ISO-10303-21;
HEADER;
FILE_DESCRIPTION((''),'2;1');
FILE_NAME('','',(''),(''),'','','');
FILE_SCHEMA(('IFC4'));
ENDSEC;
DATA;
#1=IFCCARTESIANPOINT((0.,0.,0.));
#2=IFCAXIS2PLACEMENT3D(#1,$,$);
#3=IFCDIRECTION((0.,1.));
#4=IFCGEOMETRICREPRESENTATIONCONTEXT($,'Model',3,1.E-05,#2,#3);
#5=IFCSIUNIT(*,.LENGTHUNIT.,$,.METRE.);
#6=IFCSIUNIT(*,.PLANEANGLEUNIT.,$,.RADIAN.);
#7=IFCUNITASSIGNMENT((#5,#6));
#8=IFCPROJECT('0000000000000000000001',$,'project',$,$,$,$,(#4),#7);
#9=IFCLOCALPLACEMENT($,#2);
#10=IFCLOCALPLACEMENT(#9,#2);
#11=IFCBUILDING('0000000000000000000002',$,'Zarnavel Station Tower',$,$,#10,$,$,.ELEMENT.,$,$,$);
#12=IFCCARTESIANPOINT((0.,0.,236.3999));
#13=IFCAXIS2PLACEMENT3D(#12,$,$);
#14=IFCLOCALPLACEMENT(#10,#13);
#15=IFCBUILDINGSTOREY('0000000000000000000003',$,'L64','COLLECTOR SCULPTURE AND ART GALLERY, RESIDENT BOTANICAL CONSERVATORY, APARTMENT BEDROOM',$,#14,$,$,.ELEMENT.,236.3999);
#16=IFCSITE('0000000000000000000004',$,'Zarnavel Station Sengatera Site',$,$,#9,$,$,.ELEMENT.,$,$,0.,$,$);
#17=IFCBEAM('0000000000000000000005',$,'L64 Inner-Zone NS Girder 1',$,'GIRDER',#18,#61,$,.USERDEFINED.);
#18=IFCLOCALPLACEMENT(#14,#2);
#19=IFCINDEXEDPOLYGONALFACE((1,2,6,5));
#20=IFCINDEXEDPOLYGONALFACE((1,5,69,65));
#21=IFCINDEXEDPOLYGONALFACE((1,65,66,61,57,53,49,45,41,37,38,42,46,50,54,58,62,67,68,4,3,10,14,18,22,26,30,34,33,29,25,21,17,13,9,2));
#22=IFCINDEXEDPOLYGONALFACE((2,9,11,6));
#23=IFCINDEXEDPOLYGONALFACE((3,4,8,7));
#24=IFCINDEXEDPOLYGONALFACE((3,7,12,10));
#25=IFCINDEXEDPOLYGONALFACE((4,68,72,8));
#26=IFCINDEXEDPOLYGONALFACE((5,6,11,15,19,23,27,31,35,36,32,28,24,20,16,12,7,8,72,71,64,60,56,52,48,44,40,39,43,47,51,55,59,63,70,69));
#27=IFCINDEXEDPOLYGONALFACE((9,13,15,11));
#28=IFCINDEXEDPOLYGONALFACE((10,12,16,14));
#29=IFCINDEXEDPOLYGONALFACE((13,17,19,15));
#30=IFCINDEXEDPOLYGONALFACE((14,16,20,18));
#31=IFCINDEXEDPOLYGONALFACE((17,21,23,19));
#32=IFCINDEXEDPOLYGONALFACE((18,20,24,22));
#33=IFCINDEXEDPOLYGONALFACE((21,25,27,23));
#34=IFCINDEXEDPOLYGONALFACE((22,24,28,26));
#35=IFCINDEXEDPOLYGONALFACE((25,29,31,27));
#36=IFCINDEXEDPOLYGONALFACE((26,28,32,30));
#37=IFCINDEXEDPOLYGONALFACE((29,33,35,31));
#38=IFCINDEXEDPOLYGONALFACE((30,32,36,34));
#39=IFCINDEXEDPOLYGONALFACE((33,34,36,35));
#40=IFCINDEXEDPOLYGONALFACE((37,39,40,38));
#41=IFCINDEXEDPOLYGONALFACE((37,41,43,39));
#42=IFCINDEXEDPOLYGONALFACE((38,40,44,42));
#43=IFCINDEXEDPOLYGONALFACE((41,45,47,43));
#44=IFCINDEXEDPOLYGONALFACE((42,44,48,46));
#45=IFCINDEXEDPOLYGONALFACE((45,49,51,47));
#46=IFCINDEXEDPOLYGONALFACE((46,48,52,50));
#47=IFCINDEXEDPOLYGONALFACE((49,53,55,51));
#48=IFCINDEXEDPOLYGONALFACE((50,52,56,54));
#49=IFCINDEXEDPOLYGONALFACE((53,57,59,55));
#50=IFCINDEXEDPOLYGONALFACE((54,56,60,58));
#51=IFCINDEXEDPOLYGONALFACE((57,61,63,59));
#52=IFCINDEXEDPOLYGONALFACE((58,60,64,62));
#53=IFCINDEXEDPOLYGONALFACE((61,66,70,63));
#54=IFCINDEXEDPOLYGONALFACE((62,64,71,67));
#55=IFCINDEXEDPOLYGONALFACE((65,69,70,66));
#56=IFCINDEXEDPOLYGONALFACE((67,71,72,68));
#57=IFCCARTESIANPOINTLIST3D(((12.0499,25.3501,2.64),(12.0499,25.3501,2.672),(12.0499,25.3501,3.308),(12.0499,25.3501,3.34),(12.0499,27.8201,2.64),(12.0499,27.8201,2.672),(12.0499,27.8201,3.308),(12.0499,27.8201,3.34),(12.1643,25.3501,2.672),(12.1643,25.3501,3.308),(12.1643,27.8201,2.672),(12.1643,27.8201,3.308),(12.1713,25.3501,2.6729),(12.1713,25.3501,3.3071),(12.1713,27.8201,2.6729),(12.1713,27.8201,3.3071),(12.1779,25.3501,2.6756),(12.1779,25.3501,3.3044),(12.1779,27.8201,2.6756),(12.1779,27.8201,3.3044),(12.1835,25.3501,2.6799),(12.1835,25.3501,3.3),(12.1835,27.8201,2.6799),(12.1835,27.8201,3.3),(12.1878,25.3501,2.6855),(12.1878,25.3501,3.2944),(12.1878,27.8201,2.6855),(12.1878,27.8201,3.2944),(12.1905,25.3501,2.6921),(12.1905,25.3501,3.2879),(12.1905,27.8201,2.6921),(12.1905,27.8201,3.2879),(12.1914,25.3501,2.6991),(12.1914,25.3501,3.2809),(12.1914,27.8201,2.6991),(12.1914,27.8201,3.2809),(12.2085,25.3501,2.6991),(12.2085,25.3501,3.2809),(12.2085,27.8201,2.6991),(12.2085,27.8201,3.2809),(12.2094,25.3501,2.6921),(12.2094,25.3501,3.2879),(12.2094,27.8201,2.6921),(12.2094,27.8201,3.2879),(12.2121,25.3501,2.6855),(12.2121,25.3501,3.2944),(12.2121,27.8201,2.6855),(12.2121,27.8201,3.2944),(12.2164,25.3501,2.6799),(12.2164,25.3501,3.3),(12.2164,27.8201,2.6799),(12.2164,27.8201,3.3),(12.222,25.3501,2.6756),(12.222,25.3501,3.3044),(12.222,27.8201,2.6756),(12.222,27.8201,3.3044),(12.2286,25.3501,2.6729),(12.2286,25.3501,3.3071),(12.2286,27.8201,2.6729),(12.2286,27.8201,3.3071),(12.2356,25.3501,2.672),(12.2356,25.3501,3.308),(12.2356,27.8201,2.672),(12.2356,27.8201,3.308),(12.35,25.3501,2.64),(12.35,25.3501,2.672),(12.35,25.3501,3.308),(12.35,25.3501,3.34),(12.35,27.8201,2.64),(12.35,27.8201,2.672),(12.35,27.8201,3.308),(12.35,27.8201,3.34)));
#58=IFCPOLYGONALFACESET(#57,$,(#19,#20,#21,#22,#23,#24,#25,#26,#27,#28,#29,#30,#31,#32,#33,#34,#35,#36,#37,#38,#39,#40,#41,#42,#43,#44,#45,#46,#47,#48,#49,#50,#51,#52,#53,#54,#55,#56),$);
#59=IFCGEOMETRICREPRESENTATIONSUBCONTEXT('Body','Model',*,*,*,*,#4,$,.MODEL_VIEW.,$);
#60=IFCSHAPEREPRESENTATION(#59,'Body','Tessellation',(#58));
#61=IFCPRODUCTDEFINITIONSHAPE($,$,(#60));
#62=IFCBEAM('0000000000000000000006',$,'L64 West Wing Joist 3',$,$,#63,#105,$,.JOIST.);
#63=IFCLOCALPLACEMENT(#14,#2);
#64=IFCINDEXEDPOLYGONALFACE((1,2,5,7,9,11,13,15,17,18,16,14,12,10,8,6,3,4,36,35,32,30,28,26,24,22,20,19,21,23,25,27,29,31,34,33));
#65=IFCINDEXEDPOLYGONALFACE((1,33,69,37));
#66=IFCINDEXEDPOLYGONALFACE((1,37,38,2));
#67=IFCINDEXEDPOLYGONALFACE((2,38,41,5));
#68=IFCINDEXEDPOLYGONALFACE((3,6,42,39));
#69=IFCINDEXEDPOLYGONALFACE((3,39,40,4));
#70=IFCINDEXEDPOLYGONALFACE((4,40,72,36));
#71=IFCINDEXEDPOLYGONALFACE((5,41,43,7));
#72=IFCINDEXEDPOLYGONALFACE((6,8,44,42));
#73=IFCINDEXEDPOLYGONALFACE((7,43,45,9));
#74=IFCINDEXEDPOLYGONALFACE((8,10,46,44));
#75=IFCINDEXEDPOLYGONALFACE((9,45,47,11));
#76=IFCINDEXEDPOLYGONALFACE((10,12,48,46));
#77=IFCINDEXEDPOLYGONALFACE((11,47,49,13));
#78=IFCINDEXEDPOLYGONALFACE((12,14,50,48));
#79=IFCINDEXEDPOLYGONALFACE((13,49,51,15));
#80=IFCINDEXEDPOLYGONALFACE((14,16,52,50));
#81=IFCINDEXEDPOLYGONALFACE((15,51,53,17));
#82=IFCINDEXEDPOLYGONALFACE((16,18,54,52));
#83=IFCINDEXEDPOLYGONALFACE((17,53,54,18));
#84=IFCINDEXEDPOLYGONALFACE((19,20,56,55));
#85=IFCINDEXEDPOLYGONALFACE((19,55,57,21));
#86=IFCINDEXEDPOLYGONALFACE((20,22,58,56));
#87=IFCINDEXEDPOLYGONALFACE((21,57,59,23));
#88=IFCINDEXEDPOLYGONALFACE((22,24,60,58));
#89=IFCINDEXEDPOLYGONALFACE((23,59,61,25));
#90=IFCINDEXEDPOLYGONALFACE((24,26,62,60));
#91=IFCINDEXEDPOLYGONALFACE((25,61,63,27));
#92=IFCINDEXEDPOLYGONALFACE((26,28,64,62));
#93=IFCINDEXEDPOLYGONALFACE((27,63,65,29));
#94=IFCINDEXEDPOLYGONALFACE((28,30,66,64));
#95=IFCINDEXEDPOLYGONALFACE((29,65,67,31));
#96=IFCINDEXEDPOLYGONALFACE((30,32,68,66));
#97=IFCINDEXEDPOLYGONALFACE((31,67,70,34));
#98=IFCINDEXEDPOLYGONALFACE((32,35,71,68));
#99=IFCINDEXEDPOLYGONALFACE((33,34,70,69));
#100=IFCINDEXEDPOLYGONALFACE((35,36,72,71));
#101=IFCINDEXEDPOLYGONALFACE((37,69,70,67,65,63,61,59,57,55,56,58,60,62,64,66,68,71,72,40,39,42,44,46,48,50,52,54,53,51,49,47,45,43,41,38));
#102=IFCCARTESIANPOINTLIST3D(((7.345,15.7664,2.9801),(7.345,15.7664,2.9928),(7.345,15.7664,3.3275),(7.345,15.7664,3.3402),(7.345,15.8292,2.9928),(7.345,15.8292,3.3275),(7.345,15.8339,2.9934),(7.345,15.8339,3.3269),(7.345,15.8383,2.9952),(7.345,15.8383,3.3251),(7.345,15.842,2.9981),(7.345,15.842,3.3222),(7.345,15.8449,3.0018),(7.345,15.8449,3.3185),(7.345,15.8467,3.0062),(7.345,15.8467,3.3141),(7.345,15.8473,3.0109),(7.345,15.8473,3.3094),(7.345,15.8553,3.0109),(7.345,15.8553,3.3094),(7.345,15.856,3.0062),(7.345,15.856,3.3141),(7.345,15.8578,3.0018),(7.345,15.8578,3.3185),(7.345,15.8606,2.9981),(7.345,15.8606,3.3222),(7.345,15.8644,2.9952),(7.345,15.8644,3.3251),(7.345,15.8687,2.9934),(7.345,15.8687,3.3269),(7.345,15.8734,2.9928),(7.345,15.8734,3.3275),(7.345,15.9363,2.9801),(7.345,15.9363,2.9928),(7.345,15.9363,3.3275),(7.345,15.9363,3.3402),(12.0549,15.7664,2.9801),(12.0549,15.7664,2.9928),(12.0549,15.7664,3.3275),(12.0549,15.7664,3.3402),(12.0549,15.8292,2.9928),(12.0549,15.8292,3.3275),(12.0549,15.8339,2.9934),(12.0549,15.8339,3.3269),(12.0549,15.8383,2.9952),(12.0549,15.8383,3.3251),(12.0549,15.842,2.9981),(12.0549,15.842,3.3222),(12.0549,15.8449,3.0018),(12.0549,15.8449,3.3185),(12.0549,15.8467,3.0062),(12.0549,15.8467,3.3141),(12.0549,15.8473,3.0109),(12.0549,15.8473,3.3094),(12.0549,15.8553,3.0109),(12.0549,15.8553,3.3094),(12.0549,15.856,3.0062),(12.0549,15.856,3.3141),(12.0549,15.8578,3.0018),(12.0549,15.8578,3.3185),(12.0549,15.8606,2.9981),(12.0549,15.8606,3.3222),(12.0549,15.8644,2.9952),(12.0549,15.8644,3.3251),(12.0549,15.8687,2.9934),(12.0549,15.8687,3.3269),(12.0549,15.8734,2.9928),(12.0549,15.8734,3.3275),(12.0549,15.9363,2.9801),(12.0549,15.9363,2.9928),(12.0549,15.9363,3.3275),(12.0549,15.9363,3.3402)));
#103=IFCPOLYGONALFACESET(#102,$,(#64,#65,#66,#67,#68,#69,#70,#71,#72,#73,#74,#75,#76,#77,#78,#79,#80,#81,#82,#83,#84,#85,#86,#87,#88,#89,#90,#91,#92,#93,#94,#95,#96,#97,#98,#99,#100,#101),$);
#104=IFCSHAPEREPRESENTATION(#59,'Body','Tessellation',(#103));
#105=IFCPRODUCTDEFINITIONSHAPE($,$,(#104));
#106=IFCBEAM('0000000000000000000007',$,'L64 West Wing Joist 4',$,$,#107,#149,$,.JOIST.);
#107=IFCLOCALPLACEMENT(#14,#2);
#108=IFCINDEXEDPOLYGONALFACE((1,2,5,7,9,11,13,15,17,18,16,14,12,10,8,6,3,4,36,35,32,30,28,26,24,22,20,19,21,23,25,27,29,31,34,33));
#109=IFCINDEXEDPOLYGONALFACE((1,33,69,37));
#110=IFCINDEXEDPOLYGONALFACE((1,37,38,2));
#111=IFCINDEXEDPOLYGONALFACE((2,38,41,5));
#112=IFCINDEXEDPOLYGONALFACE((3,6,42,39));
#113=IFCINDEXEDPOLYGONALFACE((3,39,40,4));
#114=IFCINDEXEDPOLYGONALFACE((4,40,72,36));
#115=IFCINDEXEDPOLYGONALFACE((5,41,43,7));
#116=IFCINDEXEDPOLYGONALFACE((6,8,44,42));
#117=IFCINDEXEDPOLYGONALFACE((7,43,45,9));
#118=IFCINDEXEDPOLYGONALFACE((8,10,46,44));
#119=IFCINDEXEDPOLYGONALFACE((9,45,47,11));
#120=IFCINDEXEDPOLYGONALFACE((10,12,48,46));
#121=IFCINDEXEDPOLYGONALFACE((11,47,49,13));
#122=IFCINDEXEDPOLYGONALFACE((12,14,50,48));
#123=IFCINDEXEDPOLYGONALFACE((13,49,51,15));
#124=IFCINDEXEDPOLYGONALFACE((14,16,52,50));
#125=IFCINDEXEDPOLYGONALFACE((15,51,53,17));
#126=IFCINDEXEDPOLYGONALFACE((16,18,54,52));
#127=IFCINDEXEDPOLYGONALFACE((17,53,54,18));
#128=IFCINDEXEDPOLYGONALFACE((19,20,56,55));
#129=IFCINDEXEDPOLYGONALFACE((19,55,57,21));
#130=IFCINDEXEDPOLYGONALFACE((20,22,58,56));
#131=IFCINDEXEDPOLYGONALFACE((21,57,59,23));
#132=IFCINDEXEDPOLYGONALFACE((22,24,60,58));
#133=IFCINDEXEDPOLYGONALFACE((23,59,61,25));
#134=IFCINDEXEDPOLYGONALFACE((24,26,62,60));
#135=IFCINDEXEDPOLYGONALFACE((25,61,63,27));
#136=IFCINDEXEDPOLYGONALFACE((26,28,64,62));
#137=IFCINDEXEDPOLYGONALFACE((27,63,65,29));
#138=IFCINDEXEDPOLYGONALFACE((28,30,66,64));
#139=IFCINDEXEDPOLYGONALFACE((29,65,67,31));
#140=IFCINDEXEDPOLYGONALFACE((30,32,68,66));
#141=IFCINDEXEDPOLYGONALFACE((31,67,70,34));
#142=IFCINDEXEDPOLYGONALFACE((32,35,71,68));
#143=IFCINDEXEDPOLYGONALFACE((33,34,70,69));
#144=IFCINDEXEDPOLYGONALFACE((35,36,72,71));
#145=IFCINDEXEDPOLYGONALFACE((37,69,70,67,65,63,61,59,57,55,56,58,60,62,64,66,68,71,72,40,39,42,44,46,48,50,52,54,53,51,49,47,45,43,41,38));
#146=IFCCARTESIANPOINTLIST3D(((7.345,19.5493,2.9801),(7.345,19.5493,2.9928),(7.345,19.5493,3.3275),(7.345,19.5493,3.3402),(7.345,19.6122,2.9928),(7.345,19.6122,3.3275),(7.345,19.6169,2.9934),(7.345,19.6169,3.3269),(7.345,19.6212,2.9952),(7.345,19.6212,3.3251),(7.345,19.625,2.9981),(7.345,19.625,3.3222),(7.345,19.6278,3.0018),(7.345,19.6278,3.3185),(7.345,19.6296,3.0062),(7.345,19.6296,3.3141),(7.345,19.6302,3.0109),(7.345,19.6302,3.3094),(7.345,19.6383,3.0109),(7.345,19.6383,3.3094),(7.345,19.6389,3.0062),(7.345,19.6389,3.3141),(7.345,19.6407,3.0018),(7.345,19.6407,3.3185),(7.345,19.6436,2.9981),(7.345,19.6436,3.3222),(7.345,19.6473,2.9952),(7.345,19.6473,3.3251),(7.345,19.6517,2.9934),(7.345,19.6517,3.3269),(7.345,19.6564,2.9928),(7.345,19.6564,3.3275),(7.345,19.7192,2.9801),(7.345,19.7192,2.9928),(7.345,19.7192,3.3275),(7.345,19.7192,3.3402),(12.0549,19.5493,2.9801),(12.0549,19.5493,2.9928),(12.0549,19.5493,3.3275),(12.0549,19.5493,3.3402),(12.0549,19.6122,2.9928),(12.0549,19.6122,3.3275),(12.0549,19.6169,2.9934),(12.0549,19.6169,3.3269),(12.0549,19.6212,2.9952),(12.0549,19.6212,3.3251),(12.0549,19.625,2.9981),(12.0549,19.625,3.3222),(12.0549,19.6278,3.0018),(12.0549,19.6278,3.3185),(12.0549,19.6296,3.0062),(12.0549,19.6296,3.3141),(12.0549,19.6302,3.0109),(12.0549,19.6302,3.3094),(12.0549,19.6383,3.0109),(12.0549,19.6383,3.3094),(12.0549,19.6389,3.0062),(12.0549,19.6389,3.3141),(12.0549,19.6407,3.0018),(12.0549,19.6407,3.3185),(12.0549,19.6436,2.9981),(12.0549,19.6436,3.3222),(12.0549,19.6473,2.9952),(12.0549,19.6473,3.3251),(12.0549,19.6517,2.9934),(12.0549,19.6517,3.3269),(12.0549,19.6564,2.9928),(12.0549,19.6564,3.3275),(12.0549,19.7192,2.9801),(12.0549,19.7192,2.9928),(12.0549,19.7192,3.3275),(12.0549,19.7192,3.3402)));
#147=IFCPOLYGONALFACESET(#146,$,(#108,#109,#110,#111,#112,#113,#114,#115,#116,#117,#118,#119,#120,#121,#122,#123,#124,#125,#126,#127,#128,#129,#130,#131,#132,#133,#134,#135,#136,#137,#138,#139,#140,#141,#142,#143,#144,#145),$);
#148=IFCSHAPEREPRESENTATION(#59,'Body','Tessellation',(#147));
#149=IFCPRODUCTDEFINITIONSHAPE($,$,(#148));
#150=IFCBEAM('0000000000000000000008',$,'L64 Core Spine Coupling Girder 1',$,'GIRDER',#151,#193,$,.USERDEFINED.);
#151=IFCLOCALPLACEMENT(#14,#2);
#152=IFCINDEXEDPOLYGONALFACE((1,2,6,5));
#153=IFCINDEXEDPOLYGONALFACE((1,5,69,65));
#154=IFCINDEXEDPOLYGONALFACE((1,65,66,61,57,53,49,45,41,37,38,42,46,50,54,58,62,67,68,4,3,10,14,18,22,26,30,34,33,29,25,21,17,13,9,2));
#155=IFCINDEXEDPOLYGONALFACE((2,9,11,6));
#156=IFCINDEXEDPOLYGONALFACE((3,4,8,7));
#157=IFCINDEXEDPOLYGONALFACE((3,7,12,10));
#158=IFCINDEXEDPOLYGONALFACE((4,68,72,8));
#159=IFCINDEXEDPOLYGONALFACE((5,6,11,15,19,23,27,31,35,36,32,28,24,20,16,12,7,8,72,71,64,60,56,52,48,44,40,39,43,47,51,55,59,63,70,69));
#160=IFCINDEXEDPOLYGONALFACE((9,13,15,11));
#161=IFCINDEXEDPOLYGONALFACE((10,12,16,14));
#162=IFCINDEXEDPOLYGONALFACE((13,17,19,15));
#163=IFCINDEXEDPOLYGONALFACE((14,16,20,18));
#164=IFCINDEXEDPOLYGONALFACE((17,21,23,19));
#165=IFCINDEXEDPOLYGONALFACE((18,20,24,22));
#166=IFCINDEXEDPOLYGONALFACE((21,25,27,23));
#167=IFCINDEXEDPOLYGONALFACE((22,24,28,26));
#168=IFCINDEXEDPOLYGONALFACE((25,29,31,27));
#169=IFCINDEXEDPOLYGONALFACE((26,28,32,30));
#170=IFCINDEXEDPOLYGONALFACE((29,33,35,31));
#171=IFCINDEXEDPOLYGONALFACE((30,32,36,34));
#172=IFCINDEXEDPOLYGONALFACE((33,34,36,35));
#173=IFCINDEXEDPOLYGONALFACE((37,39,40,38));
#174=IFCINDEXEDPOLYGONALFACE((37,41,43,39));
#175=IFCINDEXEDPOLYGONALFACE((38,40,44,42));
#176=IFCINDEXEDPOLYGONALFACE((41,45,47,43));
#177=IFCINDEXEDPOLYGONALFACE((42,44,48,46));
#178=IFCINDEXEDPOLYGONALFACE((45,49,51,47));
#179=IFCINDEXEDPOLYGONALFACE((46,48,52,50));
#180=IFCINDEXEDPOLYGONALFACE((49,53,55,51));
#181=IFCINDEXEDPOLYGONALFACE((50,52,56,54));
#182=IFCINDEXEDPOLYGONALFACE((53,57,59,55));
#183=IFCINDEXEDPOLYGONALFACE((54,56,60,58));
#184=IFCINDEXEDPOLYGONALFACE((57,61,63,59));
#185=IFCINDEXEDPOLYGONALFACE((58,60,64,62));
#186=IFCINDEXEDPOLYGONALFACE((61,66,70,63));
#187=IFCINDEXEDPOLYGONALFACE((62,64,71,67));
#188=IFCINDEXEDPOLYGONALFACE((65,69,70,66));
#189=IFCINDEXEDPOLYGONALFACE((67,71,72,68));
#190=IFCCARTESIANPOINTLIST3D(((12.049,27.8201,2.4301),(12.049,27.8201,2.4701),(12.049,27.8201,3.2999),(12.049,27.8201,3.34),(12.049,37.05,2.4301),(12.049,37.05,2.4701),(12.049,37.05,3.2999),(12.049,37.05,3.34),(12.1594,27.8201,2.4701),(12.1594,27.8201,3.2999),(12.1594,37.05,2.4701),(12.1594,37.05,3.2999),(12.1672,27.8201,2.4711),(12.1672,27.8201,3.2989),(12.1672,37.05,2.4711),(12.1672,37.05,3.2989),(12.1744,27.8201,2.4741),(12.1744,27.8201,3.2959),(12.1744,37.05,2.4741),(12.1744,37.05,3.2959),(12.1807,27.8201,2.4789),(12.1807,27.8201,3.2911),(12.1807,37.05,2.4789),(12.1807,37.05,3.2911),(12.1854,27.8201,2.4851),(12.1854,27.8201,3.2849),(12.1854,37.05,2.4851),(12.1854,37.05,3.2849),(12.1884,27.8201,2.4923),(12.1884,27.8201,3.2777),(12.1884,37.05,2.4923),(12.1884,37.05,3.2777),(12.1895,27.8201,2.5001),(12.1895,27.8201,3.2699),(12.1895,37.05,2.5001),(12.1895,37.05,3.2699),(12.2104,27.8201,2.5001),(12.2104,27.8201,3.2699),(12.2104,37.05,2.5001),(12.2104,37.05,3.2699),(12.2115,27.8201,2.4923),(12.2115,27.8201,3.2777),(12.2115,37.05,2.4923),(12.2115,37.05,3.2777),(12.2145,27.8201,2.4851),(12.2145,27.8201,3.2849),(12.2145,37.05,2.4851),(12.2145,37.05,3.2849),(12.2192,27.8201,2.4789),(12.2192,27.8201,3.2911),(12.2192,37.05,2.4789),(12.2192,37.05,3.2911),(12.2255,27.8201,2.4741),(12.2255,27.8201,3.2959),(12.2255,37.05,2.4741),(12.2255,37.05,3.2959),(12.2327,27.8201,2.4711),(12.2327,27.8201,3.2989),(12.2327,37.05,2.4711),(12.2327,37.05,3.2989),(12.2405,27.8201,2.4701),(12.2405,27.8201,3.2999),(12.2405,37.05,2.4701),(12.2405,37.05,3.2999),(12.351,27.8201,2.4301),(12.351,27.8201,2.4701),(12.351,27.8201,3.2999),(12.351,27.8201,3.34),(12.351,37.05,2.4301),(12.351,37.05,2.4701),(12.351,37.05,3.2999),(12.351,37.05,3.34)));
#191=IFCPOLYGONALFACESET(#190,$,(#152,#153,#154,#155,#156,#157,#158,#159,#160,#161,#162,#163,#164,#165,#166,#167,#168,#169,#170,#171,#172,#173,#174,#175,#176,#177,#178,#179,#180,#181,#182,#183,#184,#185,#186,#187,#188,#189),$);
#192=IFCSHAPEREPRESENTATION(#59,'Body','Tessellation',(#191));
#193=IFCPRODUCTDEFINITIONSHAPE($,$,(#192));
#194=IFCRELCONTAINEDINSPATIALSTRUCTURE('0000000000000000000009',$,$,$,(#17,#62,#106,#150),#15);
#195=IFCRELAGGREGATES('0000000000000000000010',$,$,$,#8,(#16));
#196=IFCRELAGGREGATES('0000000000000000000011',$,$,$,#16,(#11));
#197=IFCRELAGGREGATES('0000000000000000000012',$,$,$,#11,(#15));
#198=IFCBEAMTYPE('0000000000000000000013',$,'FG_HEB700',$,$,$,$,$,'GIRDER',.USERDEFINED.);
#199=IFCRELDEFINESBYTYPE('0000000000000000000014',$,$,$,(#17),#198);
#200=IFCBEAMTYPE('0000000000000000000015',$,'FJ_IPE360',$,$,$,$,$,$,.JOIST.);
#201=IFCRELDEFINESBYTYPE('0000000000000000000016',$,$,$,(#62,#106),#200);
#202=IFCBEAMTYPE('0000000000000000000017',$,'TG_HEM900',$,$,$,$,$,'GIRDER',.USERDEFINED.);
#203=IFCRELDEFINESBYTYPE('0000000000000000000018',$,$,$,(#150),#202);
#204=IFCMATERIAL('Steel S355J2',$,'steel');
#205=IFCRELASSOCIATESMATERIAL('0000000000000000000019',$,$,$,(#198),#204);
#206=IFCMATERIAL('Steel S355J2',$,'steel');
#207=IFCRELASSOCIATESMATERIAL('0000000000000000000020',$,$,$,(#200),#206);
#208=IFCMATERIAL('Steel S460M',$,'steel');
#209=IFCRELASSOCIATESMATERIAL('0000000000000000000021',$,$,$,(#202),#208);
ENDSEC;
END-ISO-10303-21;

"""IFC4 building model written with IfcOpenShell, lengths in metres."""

from ifc_helpers import new_model, si_unit, direction, frame, origin, origin_2d, place, context, subcontext, project, spatial, i_section, extrude, material, material_profile, profile_set, type_object, element, save


model = new_model("IFC4")

# Units and contexts
model_context = context("Model", 3, precision=1e-05, world=origin(), true_north=direction((0.0, 1.0)))
body_context = subcontext(model_context, "Body", "Model", "MODEL_VIEW")
ifc_project = project(units=[si_unit("LENGTHUNIT", "METRE"), si_unit("PLANEANGLEUNIT", "RADIAN")], contexts=[model_context])

# Site, building, storey
site_placement = place(None, origin())
site = spatial("IfcSite", under=ifc_project, at=site_placement, Name="Zarnavel Station Sengatera Site", CompositionType="ELEMENT", RefElevation=0.0)
building_placement = place(site_placement, origin())
building = spatial("IfcBuilding", under=site, at=building_placement, Name="Zarnavel Station Tower", CompositionType="ELEMENT")
storey_placement = place(building_placement, frame((0.0, 0.0, 236.3999)))
storey = spatial("IfcBuildingStorey", under=building, at=storey_placement, Name="L64", Description="COLLECTOR SCULPTURE AND ART GALLERY, RESIDENT BOTANICAL CONSERVATORY, APARTMENT BEDROOM", CompositionType="ELEMENT", Elevation=236.3999)

# Beams
ifc_material_1 = material(Name="Steel S355J2", Category="steel")
ifc_material_profile_1 = material_profile(ifc_material_1, i_section(OverallWidth=0.3, OverallDepth=0.7, WebThickness=0.0171, FlangeThickness=0.032, FilletRadius=0.0271, at=origin_2d()), Name="HEB700")
ifc_profile_set_1 = profile_set([ifc_material_profile_1], Name="Steel S355J2")
beam_type_1 = type_object("IfcBeamType", Name="FG_HEB700", ElementType="GIRDER", PredefinedType="USERDEFINED", material=ifc_profile_set_1)
beam_1_placement = place(storey_placement, frame((12.2, 25.3501, 2.99), z_axis=(0.0, 1.0, 0.0), x_axis=(-1.0, 0.0, 0.0)))
element("IfcBeam", 1, at=beam_1_placement, inside=storey, type_object=beam_type_1, Name="L64 Inner-Zone NS Girder 1", ObjectType="GIRDER", PredefinedType="USERDEFINED", context=body_context, shape_type="SweptSolid", body=[
    extrude(i_section(OverallWidth=0.3, OverallDepth=0.7, WebThickness=0.0171, FlangeThickness=0.032, FilletRadius=0.0271, at=origin_2d()), origin(), (0.0, 0.0, 1.0), 2.47),
])
ifc_material_2 = material(Name="Steel S355J2", Category="steel")
ifc_material_profile_2 = material_profile(ifc_material_2, i_section(OverallWidth=0.1699, OverallDepth=0.3601, WebThickness=0.0081, FlangeThickness=0.0127, FilletRadius=0.0181, at=origin_2d()), Name="IPE360")
ifc_profile_set_2 = profile_set([ifc_material_profile_2], Name="Steel S355J2")
beam_type_2 = type_object("IfcBeamType", Name="FJ_IPE360", PredefinedType="JOIST", material=ifc_profile_set_2)
for number, where, z_axis, x_axis, name in (
    (2, (7.345, 15.8513, 3.1602), (1.0, 0.0, 0.0), (0.0, 1.0, 0.0), "L64 West Wing Joist 3"),
    (3, (7.345, 19.6343, 3.1602), (1.0, 0.0, 0.0), (0.0, 1.0, 0.0), "L64 West Wing Joist 4"),
):
    element("IfcBeam", number, at=place(storey_placement, frame(where, z_axis=z_axis, x_axis=x_axis)), inside=storey, type_object=beam_type_2, Name=name, PredefinedType="JOIST", context=body_context, shape_type="SweptSolid", body=[
        extrude(i_section(OverallWidth=0.1699, OverallDepth=0.3601, WebThickness=0.0081, FlangeThickness=0.0127, FilletRadius=0.0181, at=origin_2d()), origin(), (0.0, 0.0, 1.0), 4.71),
    ])
ifc_material_3 = material(Name="Steel S460M", Category="steel")
ifc_material_profile_3 = material_profile(ifc_material_3, i_section(OverallWidth=0.302, OverallDepth=0.9099, WebThickness=0.021, FlangeThickness=0.04, FilletRadius=0.03, at=origin_2d()), Name="HEM900")
ifc_profile_set_3 = profile_set([ifc_material_profile_3], Name="Steel S460M")
beam_type_3 = type_object("IfcBeamType", Name="TG_HEM900", ElementType="GIRDER", PredefinedType="USERDEFINED", material=ifc_profile_set_3)
beam_2_placement = place(storey_placement, frame((12.2, 27.8201, 2.885), z_axis=(0.0, 1.0, 0.0), x_axis=(-1.0, 0.0, 0.0)))
element("IfcBeam", 4, at=beam_2_placement, inside=storey, type_object=beam_type_3, Name="L64 Core Spine Coupling Girder 1", ObjectType="GIRDER", PredefinedType="USERDEFINED", context=body_context, shape_type="SweptSolid", body=[
    extrude(i_section(OverallWidth=0.302, OverallDepth=0.9099, WebThickness=0.021, FlangeThickness=0.04, FilletRadius=0.03, at=origin_2d()), origin(), (0.0, 0.0, 1.0), 9.23),
])

save(model, "model.ifc")
